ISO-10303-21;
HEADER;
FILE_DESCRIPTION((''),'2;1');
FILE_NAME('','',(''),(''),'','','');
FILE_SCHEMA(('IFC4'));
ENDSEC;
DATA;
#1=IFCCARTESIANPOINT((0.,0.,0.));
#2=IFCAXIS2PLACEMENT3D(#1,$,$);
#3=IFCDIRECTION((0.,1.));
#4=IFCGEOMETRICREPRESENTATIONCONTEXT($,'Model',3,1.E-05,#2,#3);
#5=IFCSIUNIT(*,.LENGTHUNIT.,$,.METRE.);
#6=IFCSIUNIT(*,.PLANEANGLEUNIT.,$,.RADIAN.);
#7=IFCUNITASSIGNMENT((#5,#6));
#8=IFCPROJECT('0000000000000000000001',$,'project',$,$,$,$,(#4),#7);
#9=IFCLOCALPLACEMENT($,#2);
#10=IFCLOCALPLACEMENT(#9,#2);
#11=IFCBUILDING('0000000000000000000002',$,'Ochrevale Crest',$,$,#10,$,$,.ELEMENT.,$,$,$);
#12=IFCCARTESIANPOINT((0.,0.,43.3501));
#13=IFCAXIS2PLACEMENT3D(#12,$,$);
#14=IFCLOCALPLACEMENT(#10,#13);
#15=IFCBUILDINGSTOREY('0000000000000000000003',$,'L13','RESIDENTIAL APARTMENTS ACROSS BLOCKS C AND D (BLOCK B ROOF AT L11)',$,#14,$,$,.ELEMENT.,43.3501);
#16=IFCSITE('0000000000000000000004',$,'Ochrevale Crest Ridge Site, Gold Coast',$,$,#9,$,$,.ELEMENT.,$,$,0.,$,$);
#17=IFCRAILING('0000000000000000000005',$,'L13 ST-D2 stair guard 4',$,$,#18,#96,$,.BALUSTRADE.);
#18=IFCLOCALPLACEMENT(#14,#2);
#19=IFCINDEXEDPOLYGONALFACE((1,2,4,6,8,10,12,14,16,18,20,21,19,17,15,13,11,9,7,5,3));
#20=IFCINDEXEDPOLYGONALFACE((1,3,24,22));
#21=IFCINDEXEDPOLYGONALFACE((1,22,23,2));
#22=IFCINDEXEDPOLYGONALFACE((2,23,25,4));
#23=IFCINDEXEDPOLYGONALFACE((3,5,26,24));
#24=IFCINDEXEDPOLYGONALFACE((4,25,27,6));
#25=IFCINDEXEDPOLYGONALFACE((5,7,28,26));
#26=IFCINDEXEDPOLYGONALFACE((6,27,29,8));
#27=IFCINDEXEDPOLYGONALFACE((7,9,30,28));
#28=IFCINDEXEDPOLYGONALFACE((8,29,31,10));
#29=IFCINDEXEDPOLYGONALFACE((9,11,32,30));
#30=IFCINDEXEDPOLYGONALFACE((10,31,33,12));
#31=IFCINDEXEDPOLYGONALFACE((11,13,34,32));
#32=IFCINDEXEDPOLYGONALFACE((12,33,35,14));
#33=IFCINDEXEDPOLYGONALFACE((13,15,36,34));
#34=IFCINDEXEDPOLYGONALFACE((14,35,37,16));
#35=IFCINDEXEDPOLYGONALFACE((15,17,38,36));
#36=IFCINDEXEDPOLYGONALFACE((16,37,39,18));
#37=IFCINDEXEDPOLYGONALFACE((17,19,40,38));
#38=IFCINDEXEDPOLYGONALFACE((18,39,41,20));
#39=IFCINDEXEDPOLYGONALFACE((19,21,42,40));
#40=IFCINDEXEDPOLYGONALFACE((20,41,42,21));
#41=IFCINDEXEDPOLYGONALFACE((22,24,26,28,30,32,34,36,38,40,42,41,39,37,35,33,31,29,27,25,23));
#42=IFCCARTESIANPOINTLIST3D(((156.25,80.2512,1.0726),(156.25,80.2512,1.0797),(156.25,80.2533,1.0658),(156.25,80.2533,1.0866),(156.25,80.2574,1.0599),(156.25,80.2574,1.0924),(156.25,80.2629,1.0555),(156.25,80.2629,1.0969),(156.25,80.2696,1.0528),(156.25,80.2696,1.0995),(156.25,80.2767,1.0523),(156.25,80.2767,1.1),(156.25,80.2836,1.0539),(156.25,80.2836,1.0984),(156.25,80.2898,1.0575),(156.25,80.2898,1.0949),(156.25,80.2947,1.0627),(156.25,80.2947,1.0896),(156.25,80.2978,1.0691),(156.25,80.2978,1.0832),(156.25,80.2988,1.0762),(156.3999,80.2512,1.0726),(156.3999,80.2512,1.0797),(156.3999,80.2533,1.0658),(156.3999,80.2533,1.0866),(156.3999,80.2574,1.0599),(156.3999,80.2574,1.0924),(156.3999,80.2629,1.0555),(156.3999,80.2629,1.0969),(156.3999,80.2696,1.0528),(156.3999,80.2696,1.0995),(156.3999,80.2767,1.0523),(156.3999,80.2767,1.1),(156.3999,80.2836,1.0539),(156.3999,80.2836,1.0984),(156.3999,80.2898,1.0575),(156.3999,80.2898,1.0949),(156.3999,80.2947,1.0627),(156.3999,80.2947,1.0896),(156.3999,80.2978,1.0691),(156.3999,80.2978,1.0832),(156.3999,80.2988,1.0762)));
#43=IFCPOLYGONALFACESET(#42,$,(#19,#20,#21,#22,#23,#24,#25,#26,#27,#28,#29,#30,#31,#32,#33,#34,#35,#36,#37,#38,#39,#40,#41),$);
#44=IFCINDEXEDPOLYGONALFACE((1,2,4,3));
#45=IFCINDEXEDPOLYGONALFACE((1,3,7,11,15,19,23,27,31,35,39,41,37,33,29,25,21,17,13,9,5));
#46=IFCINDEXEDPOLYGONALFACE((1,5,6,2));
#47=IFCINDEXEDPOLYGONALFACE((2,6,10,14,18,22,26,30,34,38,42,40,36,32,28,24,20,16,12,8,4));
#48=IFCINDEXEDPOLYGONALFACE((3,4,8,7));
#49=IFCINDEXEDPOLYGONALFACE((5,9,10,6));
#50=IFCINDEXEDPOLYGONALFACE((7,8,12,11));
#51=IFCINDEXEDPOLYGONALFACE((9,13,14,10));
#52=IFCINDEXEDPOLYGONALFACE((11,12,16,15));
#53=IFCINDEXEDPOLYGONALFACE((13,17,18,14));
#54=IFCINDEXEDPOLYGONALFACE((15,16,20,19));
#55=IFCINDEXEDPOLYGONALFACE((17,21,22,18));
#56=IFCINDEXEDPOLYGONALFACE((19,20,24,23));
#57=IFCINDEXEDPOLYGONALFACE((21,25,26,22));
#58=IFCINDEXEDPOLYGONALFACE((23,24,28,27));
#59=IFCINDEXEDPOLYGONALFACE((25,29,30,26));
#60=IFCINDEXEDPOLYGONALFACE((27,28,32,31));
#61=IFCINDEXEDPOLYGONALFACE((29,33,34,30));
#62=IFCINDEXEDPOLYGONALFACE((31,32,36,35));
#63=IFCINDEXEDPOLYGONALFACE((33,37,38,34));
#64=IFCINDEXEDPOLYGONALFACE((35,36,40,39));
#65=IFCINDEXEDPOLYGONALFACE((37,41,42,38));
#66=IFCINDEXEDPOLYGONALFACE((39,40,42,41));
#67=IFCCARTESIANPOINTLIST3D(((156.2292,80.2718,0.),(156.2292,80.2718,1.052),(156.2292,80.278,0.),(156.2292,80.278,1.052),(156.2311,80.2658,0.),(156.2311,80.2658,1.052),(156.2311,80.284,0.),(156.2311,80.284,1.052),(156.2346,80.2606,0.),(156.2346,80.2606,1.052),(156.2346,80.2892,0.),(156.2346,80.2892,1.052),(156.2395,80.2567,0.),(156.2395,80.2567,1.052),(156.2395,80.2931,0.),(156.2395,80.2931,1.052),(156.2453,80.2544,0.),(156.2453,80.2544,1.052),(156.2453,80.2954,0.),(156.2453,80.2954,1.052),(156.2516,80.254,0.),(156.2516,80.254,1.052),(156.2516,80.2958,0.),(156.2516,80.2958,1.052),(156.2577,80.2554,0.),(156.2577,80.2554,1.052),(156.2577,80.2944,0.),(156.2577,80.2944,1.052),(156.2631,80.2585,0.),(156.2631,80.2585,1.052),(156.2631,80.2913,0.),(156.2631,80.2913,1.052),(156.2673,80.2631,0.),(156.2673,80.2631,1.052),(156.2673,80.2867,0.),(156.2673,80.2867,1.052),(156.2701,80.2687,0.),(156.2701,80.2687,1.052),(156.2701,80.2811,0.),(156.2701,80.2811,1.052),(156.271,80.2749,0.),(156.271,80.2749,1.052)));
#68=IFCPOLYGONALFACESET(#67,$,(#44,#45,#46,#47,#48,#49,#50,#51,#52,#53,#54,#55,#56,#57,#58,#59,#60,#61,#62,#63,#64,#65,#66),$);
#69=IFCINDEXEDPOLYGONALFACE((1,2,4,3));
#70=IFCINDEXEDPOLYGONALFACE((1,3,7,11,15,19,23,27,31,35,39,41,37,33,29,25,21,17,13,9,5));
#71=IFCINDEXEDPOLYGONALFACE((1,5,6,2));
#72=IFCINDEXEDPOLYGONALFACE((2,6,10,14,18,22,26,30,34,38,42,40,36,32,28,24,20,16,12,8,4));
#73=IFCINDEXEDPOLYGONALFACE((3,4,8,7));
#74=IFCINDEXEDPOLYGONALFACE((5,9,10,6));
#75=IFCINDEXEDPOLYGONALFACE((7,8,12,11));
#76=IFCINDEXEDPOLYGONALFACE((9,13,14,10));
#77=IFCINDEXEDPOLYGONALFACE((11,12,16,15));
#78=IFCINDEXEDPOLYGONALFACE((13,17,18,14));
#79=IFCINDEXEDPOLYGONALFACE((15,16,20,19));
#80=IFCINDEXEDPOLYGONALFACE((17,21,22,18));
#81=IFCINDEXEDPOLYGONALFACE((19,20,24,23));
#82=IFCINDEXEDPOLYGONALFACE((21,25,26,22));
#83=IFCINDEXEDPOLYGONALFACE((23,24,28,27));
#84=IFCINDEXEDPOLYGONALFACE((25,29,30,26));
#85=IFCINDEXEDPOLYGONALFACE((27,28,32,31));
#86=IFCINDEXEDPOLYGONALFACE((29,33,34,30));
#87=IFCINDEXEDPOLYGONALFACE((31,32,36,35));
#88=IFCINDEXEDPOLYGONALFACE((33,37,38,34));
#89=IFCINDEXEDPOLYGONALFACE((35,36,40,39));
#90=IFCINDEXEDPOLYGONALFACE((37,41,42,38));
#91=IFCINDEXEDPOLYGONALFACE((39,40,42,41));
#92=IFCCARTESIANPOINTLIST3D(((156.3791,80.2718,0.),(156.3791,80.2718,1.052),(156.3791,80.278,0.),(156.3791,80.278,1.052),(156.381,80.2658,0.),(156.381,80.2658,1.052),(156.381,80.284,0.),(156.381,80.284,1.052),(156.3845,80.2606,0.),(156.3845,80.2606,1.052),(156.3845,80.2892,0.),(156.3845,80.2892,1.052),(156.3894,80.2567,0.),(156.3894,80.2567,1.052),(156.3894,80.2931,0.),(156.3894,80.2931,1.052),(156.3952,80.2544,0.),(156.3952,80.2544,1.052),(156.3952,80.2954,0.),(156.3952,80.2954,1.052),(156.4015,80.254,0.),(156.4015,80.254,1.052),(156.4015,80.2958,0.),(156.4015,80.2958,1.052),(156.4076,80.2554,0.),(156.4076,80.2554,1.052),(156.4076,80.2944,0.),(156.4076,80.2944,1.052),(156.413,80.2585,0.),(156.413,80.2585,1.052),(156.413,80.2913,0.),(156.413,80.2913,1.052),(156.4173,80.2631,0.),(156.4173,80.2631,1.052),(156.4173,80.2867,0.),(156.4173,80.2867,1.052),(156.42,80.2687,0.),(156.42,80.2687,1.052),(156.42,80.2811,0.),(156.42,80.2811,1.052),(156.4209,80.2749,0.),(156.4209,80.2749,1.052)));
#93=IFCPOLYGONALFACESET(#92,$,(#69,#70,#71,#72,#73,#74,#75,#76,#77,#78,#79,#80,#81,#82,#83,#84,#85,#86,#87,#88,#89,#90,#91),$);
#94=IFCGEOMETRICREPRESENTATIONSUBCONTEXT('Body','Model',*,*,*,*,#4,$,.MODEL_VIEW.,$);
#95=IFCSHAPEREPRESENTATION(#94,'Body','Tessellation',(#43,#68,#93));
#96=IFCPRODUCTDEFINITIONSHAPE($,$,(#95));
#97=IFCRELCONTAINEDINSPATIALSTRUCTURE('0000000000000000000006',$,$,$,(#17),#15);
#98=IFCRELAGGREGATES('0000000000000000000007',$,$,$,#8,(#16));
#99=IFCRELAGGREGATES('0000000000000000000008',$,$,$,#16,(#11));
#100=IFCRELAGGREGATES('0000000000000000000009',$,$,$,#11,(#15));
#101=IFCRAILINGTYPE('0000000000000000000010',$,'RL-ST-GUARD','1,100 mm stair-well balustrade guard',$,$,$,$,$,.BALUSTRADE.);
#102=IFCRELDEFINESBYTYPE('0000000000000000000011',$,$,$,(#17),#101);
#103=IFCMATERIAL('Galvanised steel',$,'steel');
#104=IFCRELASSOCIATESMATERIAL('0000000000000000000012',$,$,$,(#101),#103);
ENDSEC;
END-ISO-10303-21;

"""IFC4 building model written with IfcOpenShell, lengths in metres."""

from ifc_helpers import new_model, si_unit, direction, frame, origin, origin_2d, place, context, subcontext, project, spatial, circle, extrude, material, type_object, element, save


model = new_model("IFC4")

# Units and contexts
model_context = context("Model", 3, precision=1e-05, world=origin(), true_north=direction((0.0, 1.0)))
body_context = subcontext(model_context, "Body", "Model", "MODEL_VIEW")
ifc_project = project(units=[si_unit("LENGTHUNIT", "METRE"), si_unit("PLANEANGLEUNIT", "RADIAN")], contexts=[model_context])

# Site, building, storey
site_placement = place(None, origin())
site = spatial("IfcSite", under=ifc_project, at=site_placement, Name="Ochrevale Crest Ridge Site, Gold Coast", CompositionType="ELEMENT", RefElevation=0.0)
building_placement = place(site_placement, origin())
building = spatial("IfcBuilding", under=site, at=building_placement, Name="Ochrevale Crest", CompositionType="ELEMENT")
storey_placement = place(building_placement, frame((0.0, 0.0, 43.3501)))
storey = spatial("IfcBuildingStorey", under=building, at=storey_placement, Name="L13", Description="RESIDENTIAL APARTMENTS ACROSS BLOCKS C AND D (BLOCK B ROOF AT L11)", CompositionType="ELEMENT", Elevation=43.3501)

# Railing
ifc_material_1 = material(Name="Galvanised steel", Category="steel")
railing_type_1 = type_object("IfcRailingType", Name="RL-ST-GUARD", Description="1,100 mm stair-well balustrade guard", PredefinedType="BALUSTRADE", material=ifc_material_1)
railing_1_placement = place(storey_placement, frame((156.25, 80.2749, 0.0)))
element("IfcRailing", 1, at=railing_1_placement, inside=storey, type_object=railing_type_1, Name="L13 ST-D2 stair guard 4", PredefinedType="BALUSTRADE", context=body_context, shape_type="SweptSolid", body=[
    extrude(circle(Radius=0.0239, at=origin_2d()), frame((0.0, 0.0, 1.0762), z_axis=(1.0, 0.0, 0.0), x_axis=(0.0, 1.0, 0.0)), (0.0, 0.0, 1.0), 0.1499),
    extrude(circle(Radius=0.021, at=origin_2d()), origin(), (0.0, 0.0, 1.0), 1.052),
    extrude(circle(Radius=0.021, at=origin_2d()), frame((0.1499, 0.0, 0.0)), (0.0, 0.0, 1.0), 1.052),
])

save(model, "model.ifc")
